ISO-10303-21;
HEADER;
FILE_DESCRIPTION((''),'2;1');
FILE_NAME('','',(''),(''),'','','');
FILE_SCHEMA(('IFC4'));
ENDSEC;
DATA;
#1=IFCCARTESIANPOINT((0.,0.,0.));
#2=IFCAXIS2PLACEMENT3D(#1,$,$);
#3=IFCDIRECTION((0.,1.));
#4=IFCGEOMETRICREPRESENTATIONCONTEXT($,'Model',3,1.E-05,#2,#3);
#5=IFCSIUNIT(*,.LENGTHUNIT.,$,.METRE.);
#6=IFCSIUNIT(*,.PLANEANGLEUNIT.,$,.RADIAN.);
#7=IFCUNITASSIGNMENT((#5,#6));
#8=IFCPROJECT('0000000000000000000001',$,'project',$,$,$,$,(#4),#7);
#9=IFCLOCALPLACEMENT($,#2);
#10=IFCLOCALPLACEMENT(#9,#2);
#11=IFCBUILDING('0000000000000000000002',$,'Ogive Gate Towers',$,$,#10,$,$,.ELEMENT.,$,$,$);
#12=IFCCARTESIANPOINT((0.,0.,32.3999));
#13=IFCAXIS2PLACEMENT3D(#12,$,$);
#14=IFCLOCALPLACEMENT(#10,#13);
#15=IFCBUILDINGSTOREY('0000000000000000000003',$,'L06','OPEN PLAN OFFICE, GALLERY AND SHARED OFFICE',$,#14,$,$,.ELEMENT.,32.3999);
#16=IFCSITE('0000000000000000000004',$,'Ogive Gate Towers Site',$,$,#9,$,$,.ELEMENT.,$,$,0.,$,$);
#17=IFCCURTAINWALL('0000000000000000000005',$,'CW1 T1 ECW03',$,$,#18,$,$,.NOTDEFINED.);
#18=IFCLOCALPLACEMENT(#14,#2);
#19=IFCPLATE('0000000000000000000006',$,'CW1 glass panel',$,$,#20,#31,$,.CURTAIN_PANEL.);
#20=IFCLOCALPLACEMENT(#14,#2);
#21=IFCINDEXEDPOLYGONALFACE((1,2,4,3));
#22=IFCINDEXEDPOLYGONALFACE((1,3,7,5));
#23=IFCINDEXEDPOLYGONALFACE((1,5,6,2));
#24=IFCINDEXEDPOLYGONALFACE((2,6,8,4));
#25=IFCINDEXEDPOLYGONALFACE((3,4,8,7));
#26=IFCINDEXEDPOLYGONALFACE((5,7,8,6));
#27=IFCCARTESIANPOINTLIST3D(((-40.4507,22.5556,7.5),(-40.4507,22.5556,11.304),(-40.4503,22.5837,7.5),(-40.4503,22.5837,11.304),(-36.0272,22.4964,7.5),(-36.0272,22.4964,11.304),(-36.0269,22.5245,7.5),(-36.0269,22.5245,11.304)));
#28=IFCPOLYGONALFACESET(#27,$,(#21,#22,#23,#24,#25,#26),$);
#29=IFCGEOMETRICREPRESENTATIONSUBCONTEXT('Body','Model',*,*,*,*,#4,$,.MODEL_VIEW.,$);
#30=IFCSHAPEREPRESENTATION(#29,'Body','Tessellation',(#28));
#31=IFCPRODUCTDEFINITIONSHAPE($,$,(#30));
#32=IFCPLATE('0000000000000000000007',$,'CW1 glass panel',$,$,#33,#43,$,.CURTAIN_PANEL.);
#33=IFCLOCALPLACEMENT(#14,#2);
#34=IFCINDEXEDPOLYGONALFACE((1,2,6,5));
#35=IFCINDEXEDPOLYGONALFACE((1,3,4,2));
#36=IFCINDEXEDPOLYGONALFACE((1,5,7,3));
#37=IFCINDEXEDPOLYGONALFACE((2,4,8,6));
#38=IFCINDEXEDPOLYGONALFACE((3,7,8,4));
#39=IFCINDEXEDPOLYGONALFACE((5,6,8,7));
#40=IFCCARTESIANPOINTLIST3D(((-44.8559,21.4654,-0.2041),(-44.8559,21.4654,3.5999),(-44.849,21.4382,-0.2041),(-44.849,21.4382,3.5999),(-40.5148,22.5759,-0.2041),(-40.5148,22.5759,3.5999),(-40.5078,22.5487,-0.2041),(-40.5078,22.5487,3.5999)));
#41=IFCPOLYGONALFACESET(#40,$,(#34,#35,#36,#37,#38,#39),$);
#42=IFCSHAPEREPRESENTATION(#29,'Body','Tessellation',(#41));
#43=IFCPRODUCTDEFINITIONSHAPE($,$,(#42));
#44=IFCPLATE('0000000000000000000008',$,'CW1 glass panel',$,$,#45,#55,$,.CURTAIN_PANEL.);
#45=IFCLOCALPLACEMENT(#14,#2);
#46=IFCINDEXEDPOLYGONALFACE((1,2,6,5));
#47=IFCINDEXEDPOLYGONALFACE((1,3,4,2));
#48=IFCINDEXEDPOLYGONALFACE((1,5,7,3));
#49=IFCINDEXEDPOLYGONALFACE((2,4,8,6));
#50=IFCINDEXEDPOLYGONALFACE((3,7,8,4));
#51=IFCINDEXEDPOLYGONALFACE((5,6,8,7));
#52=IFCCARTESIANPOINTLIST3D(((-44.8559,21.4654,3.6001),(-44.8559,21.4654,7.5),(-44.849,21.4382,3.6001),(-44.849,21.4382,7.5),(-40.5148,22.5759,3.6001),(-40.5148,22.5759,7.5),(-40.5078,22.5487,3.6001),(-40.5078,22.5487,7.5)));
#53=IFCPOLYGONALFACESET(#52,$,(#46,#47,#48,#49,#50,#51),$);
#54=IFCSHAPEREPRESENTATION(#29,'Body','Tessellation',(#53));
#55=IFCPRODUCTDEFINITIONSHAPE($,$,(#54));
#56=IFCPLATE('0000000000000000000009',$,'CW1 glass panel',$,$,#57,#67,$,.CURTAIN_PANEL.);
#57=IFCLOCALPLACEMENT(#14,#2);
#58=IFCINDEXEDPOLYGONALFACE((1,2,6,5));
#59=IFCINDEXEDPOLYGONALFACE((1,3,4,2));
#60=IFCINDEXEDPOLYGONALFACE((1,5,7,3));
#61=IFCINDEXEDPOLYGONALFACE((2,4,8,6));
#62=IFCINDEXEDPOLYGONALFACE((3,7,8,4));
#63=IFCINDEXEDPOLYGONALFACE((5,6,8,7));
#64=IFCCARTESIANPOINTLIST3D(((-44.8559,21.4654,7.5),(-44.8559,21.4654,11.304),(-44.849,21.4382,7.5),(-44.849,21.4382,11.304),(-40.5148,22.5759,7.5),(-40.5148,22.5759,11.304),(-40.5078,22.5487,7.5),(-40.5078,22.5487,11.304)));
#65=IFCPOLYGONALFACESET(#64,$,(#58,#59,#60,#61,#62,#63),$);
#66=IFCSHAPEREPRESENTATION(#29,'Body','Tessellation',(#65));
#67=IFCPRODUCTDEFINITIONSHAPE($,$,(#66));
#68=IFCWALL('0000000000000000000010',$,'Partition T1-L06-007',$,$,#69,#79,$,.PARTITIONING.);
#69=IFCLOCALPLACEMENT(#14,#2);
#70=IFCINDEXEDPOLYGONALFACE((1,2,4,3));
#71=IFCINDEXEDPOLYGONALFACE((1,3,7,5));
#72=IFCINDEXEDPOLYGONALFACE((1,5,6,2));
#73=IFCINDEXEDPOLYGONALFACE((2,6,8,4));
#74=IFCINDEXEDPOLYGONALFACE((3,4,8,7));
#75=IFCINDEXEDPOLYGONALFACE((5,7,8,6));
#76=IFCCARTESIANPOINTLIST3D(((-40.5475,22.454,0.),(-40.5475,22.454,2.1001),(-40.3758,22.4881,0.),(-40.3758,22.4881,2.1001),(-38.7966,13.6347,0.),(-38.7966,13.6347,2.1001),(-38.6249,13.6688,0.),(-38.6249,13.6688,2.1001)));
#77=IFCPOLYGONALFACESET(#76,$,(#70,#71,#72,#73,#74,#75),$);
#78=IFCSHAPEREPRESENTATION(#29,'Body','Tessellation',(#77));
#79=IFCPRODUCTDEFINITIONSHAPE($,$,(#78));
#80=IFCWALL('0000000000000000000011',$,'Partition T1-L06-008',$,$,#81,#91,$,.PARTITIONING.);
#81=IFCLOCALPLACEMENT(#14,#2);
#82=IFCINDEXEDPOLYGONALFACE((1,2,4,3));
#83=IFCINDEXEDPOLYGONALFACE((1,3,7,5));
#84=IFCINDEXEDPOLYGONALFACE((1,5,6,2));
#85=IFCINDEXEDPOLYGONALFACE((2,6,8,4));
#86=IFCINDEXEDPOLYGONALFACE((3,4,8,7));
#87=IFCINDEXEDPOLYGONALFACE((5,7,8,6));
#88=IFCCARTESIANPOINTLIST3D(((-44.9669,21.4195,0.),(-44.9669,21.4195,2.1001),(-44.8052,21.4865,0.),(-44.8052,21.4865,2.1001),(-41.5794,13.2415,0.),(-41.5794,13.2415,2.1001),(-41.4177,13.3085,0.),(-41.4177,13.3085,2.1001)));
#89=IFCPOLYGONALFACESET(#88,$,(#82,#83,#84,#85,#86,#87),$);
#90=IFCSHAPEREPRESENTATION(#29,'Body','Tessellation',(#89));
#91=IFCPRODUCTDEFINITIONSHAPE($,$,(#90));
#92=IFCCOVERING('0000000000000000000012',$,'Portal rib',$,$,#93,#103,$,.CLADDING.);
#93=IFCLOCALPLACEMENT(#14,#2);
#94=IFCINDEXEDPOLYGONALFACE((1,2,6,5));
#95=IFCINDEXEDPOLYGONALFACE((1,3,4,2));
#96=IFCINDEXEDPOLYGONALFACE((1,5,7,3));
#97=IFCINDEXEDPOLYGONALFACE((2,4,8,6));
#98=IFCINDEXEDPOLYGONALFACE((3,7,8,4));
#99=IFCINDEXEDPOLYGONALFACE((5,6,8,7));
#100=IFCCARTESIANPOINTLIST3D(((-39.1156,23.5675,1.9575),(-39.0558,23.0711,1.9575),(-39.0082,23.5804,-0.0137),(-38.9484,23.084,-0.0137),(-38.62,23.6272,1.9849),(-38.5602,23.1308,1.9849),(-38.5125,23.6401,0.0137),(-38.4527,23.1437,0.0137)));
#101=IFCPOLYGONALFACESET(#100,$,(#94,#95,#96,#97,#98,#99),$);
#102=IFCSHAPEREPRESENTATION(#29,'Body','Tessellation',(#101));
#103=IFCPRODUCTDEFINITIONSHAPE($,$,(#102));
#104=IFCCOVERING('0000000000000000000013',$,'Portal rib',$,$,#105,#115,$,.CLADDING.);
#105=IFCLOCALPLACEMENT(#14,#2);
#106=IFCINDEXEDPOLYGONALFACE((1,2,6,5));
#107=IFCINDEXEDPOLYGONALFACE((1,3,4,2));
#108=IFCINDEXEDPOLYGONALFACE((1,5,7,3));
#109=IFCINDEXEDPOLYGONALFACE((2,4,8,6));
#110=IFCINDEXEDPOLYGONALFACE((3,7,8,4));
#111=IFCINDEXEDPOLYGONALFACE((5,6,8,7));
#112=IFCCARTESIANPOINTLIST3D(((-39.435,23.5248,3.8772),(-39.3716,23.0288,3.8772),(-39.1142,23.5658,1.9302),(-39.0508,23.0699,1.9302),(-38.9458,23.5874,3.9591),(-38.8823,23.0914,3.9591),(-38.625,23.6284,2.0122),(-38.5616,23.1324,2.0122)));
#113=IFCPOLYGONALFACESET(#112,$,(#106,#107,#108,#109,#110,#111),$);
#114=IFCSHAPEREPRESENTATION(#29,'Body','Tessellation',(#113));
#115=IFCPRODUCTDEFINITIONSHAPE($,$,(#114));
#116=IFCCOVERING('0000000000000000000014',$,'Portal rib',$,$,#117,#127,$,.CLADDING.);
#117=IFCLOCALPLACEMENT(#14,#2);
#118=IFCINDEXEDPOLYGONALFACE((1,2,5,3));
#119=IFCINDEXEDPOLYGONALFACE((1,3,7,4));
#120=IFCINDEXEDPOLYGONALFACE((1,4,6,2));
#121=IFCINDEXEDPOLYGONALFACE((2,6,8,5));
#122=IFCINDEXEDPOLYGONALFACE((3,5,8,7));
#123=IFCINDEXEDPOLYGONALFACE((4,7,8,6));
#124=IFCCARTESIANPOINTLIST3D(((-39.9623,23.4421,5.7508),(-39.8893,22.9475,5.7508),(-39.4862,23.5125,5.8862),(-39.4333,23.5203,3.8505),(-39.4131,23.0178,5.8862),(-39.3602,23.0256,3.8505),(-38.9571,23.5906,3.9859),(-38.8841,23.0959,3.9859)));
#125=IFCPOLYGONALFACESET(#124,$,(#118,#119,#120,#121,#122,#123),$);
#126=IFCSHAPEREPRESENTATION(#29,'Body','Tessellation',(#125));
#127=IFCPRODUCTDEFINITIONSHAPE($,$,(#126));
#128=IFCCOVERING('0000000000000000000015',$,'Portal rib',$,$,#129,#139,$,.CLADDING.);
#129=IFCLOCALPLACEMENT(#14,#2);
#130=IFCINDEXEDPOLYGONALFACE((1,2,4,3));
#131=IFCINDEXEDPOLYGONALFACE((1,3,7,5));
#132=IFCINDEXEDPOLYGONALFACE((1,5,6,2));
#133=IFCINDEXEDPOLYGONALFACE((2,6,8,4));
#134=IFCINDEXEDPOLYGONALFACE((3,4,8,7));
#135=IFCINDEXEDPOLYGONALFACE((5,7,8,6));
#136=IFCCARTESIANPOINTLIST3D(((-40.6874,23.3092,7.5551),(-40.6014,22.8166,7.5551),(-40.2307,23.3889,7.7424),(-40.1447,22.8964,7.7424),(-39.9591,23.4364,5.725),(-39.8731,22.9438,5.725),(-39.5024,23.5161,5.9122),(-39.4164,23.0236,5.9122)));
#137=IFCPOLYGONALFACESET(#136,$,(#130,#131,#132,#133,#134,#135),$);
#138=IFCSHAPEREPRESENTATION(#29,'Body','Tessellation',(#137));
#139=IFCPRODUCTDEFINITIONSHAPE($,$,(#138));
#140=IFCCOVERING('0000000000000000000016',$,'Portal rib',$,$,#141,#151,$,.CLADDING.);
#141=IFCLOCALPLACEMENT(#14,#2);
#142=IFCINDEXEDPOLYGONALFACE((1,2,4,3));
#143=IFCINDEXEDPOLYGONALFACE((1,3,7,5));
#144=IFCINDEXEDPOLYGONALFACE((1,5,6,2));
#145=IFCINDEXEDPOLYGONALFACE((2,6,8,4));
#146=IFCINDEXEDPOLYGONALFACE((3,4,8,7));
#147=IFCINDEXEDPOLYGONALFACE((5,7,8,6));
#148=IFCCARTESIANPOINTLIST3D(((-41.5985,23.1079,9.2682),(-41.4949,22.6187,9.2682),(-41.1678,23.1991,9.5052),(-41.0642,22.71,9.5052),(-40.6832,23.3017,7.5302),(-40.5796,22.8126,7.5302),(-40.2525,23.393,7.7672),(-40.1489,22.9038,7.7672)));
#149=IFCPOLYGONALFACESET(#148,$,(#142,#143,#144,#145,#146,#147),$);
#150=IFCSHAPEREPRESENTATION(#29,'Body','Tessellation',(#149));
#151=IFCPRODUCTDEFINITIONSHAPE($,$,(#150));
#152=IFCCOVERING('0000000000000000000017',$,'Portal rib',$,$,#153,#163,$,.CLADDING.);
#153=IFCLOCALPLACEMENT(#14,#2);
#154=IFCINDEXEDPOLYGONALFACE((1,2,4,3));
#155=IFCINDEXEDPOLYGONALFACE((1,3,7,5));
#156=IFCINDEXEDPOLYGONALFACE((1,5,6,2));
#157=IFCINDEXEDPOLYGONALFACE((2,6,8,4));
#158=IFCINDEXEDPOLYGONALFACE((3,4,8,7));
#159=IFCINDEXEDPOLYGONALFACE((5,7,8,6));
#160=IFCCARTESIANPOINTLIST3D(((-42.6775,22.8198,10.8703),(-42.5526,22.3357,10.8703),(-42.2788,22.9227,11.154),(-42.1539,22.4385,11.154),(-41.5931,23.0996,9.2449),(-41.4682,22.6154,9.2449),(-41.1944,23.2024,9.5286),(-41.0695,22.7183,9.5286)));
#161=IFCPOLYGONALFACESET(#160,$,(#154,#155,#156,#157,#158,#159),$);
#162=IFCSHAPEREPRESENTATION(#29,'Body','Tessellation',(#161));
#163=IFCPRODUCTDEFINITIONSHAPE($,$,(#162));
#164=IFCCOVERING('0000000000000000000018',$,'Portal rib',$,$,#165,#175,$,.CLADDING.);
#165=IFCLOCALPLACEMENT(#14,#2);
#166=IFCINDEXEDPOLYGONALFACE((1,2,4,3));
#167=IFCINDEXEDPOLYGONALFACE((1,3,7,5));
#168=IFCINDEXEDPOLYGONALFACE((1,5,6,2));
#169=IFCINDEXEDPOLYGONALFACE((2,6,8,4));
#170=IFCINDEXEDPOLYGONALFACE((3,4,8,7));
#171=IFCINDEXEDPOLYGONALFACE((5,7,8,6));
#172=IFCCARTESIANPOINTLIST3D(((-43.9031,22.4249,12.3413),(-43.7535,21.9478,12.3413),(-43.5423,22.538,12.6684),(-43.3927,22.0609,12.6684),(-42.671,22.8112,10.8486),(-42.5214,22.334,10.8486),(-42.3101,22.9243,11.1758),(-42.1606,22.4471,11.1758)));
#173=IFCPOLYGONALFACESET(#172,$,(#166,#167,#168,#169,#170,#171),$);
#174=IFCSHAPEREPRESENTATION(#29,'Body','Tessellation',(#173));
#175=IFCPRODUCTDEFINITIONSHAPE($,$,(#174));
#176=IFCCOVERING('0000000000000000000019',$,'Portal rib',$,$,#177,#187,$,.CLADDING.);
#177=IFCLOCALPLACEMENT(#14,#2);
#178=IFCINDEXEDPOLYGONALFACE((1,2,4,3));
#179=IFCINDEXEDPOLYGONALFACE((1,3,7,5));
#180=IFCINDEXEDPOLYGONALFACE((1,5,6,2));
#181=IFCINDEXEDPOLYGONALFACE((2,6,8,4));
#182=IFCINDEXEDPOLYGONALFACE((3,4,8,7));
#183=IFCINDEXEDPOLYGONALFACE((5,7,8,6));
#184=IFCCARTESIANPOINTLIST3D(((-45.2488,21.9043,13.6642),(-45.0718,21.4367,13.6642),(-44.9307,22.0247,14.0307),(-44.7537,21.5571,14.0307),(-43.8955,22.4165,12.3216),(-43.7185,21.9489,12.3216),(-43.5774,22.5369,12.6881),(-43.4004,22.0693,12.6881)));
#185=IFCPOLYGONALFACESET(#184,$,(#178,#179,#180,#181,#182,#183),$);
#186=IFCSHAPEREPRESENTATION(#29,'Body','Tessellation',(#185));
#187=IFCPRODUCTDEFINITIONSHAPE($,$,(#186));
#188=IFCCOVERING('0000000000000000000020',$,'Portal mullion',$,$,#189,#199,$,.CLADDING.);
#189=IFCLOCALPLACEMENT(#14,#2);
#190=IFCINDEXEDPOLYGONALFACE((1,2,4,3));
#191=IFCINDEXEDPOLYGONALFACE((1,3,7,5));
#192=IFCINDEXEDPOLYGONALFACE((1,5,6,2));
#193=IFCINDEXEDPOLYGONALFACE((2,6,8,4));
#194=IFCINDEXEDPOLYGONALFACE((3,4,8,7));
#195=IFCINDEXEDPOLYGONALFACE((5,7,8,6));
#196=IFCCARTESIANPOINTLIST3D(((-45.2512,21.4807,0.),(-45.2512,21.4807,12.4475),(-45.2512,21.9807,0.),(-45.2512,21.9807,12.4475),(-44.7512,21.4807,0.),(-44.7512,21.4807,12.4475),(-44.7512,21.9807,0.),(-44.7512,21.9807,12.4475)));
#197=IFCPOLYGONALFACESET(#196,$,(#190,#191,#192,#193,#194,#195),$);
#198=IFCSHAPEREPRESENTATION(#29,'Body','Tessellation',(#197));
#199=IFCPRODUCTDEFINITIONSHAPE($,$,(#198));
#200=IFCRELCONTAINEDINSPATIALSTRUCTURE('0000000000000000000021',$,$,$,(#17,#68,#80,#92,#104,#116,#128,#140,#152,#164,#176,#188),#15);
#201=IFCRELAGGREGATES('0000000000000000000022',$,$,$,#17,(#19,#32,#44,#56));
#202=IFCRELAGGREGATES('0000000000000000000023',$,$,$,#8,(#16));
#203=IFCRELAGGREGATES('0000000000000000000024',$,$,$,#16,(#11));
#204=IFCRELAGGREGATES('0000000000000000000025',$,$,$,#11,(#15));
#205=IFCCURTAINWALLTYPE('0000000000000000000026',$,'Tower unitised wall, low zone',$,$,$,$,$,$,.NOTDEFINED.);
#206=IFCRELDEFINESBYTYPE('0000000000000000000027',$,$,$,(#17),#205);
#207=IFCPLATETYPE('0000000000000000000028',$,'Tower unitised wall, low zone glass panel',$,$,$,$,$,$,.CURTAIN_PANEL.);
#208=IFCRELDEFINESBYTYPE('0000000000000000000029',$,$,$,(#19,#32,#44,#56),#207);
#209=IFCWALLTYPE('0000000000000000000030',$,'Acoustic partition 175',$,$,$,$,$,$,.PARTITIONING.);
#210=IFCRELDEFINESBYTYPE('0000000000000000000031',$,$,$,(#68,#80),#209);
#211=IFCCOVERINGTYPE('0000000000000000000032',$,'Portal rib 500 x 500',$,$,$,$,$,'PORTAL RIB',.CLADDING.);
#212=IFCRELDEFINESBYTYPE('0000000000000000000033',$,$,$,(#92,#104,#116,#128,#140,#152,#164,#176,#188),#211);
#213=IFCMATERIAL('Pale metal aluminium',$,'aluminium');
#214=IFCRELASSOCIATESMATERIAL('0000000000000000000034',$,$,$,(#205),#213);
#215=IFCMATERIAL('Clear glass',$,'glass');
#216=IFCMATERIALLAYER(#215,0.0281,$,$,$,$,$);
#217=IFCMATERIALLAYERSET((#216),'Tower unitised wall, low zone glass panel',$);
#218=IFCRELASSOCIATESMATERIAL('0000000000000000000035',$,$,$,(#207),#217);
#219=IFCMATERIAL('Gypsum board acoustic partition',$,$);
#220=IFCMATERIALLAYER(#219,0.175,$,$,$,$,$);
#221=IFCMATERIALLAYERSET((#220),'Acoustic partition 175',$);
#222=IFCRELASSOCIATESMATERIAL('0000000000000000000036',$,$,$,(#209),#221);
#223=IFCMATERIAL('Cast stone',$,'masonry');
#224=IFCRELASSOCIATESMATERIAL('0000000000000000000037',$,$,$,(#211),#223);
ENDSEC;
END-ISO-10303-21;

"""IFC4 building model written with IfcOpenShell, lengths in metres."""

from ifc_helpers import new_model, si_unit, direction, frame, frame_2d, origin, origin_2d, place, context, subcontext, project, spatial, rectangle, extrude, material, layer, layer_set, material_profile, profile_set, type_object, element, aggregate, save


model = new_model("IFC4")

# Units and contexts
model_context = context("Model", 3, precision=1e-05, world=origin(), true_north=direction((0.0, 1.0)))
body_context = subcontext(model_context, "Body", "Model", "MODEL_VIEW")
ifc_project = project(units=[si_unit("LENGTHUNIT", "METRE"), si_unit("PLANEANGLEUNIT", "RADIAN")], contexts=[model_context])

# Site, building, storey
site_placement = place(None, origin())
site = spatial("IfcSite", under=ifc_project, at=site_placement, Name="Ogive Gate Towers Site", CompositionType="ELEMENT", RefElevation=0.0)
building_placement = place(site_placement, origin())
building = spatial("IfcBuilding", under=site, at=building_placement, Name="Ogive Gate Towers", CompositionType="ELEMENT")
storey_placement = place(building_placement, frame((0.0, 0.0, 32.3999)))
storey = spatial("IfcBuildingStorey", under=building, at=storey_placement, Name="L06", Description="OPEN PLAN OFFICE, GALLERY AND SHARED OFFICE", CompositionType="ELEMENT", Elevation=32.3999)

# Curtain wall, plates
ifc_material_1 = material(Name="Pale metal aluminium", Category="aluminium")
curtain_wall_type = type_object("IfcCurtainWallType", Name="Tower unitised wall, low zone", PredefinedType="NOTDEFINED", material=ifc_material_1)
curtain_wall_placement = place(storey_placement, origin())
curtain_wall = element("IfcCurtainWall", 1, at=curtain_wall_placement, inside=storey, type_object=curtain_wall_type, Name="CW1 T1 ECW03", PredefinedType="NOTDEFINED")
ifc_material_2 = material(Name="Clear glass", Category="glass")
ifc_layer_1 = layer(ifc_material_2, 0.0281)
ifc_layer_set_1 = layer_set([ifc_layer_1], Name="Tower unitised wall, low zone glass panel")
plate_type = type_object("IfcPlateType", Name="Tower unitised wall, low zone glass panel", PredefinedType="CURTAIN_PANEL", material=ifc_layer_set_1)
plate_1_placement = place(storey_placement, frame((-38.2388, 22.54, 7.5), z_axis=(0.0, 0.0, 1.0), x_axis=(-0.99991, 0.013386, 0.0)))
plate_1 = element("IfcPlate", 2, at=plate_1_placement, type_object=plate_type, Name="CW1 glass panel", PredefinedType="CURTAIN_PANEL", context=body_context, shape_type="SweptSolid", body=[
    extrude(rectangle(XDim=4.4238, YDim=0.0281, at=origin_2d()), origin(), (0.0, 0.0, 1.0), 3.804),
])
plate_2_placement = place(storey_placement, frame((-42.6819, 22.0071, -0.2041), z_axis=(0.0, 0.0, 1.0), x_axis=(-0.968804, -0.247828, 0.0)))
plate_2 = element("IfcPlate", 3, at=plate_2_placement, type_object=plate_type, Name="CW1 glass panel", PredefinedType="CURTAIN_PANEL", context=body_context, shape_type="SweptSolid", body=[
    extrude(rectangle(XDim=4.481, YDim=0.0281, at=origin_2d()), origin(), (0.0, 0.0, 1.0), 3.804),
])
plate_3_placement = place(storey_placement, frame((-42.6819, 22.0071, 3.6001), z_axis=(0.0, 0.0, 1.0), x_axis=(-0.968804, -0.247828, 0.0)))
plate_3 = element("IfcPlate", 4, at=plate_3_placement, type_object=plate_type, Name="CW1 glass panel", PredefinedType="CURTAIN_PANEL", context=body_context, shape_type="SweptSolid", body=[
    extrude(rectangle(XDim=4.481, YDim=0.0281, at=origin_2d()), origin(), (0.0, 0.0, 1.0), 3.8999),
])
plate_4_placement = place(storey_placement, frame((-42.6819, 22.0071, 7.5), z_axis=(0.0, 0.0, 1.0), x_axis=(-0.968804, -0.247828, 0.0)))
plate_4 = element("IfcPlate", 5, at=plate_4_placement, type_object=plate_type, Name="CW1 glass panel", PredefinedType="CURTAIN_PANEL", context=body_context, shape_type="SweptSolid", body=[
    extrude(rectangle(XDim=4.481, YDim=0.0281, at=origin_2d()), origin(), (0.0, 0.0, 1.0), 3.804),
])
aggregate(curtain_wall, [plate_1, plate_2, plate_3, plate_4])

# Walls
ifc_material_3 = material(Name="Gypsum board acoustic partition")
ifc_layer_2 = layer(ifc_material_3, 0.175)
ifc_layer_set_2 = layer_set([ifc_layer_2], Name="Acoustic partition 175")
wall_type = type_object("IfcWallType", Name="Acoustic partition 175", PredefinedType="PARTITIONING", material=ifc_layer_set_2)
wall_1_placement = place(storey_placement, frame((-40.4617, 22.4709, 0.0), z_axis=(0.0, 0.0, 1.0), x_axis=(0.194737, -0.980855, 0.0)))
element("IfcWall", 6, at=wall_1_placement, inside=storey, type_object=wall_type, Name="Partition T1-L06-007", PredefinedType="PARTITIONING", context=body_context, shape_type="SweptSolid", body=[
    extrude(rectangle(XDim=8.9915, YDim=0.175, at=frame_2d((4.4956, 0.0))), origin(), (0.0, 0.0, 1.0), 2.1001),
])
wall_2_placement = place(storey_placement, frame((-44.886, 21.4529, 0.0), z_axis=(0.0, 0.0, 1.0), x_axis=(0.382686, -0.923879, 0.0)))
element("IfcWall", 7, at=wall_2_placement, inside=storey, type_object=wall_type, Name="Partition T1-L06-008", PredefinedType="PARTITIONING", context=body_context, shape_type="SweptSolid", body=[
    extrude(rectangle(XDim=8.8518, YDim=0.175, at=frame_2d((4.4258, 0.0))), origin(), (0.0, 0.0, 1.0), 2.1001),
])

# Coverings
ifc_material_4 = material(Name="Cast stone", Category="masonry")
ifc_material_profile_1 = material_profile(ifc_material_4, rectangle(XDim=0.5, YDim=0.5, at=origin_2d()), Name="500 x 500 cast stone")
ifc_profile_set_1 = profile_set([ifc_material_profile_1], Name="Cast stone")
covering_type = type_object("IfcCoveringType", Name="Portal rib 500 x 500", ElementType="PORTAL RIB", PredefinedType="CLADDING", material=ifc_profile_set_1)
covering_1_placement = place(storey_placement, frame((-38.7305, 23.3621, 0.0), z_axis=(-0.054414, -0.006554, 0.998497), x_axis=(0.11959, -0.992823, 0.0)))
element("IfcCovering", 8, at=covering_1_placement, inside=storey, type_object=covering_type, Name="Portal rib", PredefinedType="CLADDING", context=body_context, shape_type="SweptSolid", body=[
    extrude(rectangle(XDim=0.5, YDim=0.5, at=origin_2d()), origin(), (0.0, 0.0, 1.0), 1.9741),
])
covering_2_placement = place(storey_placement, frame((-38.8379, 23.3491, 1.9712), z_axis=(-0.162538, -0.020781, 0.986483), x_axis=(0.126822, -0.991926, 0.0)))
element("IfcCovering", 9, at=covering_2_placement, inside=storey, type_object=covering_type, Name="Portal rib", PredefinedType="CLADDING", context=body_context, shape_type="SweptSolid", body=[
    extrude(rectangle(XDim=0.5, YDim=0.5, at=origin_2d()), origin(), (0.0, 0.0, 1.0), 1.9736),
])
covering_3_placement = place(storey_placement, frame((-39.1587, 23.3081, 3.9182), z_axis=(-0.267983, -0.039573, 0.962611), x_axis=(0.146085, -0.989272, 0.0)))
element("IfcCovering", 10, at=covering_3_placement, inside=storey, type_object=covering_type, Name="Portal rib", PredefinedType="CLADDING", context=body_context, shape_type="SweptSolid", body=[
    extrude(rectangle(XDim=0.5, YDim=0.5, at=origin_2d()), origin(), (0.0, 0.0, 1.0), 1.9741),
])
for number, where, z_axis, x_axis, name in (
    (11, (-39.6877, 23.23, 5.8186), (-0.368976, -0.064444, 0.927202), (0.172052, -0.985088, 0.0), "Portal rib"),
    (12, (-40.416, 23.1028, 7.6487), (-0.463704, -0.098208, 0.88053), (0.207194, -0.9783, 0.0), "Portal rib"),
    (13, (-41.3313, 22.9089, 9.3867), (-0.549386, -0.141737, 0.82346), (0.249812, -0.968294, 0.0), "Portal rib"),
):
    element("IfcCovering", number, at=place(storey_placement, frame(where, z_axis=z_axis, x_axis=x_axis)), inside=storey, type_object=covering_type, Name=name, PredefinedType="CLADDING", context=body_context, shape_type="SweptSolid", body=[
        extrude(rectangle(XDim=0.5, YDim=0.5, at=origin_2d()), origin(), (0.0, 0.0, 1.0), 1.9739),
    ])
covering_4_placement = place(storey_placement, frame((-42.4158, 22.6292, 11.0122), z_axis=(-0.624296, -0.195688, 0.756281), x_axis=(0.299104, -0.954221, 0.0)))
element("IfcCovering", 14, at=covering_4_placement, inside=storey, type_object=covering_type, Name="Portal rib", PredefinedType="CLADDING", context=body_context, shape_type="SweptSolid", body=[
    extrude(rectangle(XDim=0.5, YDim=0.5, at=origin_2d()), origin(), (0.0, 0.0, 1.0), 1.9736),
])
covering_5_placement = place(storey_placement, frame((-43.6479, 22.2429, 12.5049), z_axis=(-0.6856, -0.259496, 0.680158), x_axis=(0.353988, -0.93525, 0.0)))
element("IfcCovering", 15, at=covering_5_placement, inside=storey, type_object=covering_type, Name="Portal rib", PredefinedType="CLADDING", context=body_context, shape_type="SweptSolid", body=[
    extrude(rectangle(XDim=0.5, YDim=0.5, at=origin_2d()), origin(), (0.0, 0.0, 1.0), 1.9739),
])
covering_6_placement = place(storey_placement, frame((-45.0012, 21.7307, 0.0), z_axis=(0.0, 0.0, 1.0), x_axis=(1.0, 0.0, 0.0)))
element("IfcCovering", 16, at=covering_6_placement, inside=storey, type_object=covering_type, Name="Portal mullion", PredefinedType="CLADDING", context=body_context, shape_type="SweptSolid", body=[
    extrude(rectangle(XDim=0.5, YDim=0.5, at=origin_2d()), origin(), (0.0, 0.0, 1.0), 12.4475),
])

save(model, "model.ifc")
